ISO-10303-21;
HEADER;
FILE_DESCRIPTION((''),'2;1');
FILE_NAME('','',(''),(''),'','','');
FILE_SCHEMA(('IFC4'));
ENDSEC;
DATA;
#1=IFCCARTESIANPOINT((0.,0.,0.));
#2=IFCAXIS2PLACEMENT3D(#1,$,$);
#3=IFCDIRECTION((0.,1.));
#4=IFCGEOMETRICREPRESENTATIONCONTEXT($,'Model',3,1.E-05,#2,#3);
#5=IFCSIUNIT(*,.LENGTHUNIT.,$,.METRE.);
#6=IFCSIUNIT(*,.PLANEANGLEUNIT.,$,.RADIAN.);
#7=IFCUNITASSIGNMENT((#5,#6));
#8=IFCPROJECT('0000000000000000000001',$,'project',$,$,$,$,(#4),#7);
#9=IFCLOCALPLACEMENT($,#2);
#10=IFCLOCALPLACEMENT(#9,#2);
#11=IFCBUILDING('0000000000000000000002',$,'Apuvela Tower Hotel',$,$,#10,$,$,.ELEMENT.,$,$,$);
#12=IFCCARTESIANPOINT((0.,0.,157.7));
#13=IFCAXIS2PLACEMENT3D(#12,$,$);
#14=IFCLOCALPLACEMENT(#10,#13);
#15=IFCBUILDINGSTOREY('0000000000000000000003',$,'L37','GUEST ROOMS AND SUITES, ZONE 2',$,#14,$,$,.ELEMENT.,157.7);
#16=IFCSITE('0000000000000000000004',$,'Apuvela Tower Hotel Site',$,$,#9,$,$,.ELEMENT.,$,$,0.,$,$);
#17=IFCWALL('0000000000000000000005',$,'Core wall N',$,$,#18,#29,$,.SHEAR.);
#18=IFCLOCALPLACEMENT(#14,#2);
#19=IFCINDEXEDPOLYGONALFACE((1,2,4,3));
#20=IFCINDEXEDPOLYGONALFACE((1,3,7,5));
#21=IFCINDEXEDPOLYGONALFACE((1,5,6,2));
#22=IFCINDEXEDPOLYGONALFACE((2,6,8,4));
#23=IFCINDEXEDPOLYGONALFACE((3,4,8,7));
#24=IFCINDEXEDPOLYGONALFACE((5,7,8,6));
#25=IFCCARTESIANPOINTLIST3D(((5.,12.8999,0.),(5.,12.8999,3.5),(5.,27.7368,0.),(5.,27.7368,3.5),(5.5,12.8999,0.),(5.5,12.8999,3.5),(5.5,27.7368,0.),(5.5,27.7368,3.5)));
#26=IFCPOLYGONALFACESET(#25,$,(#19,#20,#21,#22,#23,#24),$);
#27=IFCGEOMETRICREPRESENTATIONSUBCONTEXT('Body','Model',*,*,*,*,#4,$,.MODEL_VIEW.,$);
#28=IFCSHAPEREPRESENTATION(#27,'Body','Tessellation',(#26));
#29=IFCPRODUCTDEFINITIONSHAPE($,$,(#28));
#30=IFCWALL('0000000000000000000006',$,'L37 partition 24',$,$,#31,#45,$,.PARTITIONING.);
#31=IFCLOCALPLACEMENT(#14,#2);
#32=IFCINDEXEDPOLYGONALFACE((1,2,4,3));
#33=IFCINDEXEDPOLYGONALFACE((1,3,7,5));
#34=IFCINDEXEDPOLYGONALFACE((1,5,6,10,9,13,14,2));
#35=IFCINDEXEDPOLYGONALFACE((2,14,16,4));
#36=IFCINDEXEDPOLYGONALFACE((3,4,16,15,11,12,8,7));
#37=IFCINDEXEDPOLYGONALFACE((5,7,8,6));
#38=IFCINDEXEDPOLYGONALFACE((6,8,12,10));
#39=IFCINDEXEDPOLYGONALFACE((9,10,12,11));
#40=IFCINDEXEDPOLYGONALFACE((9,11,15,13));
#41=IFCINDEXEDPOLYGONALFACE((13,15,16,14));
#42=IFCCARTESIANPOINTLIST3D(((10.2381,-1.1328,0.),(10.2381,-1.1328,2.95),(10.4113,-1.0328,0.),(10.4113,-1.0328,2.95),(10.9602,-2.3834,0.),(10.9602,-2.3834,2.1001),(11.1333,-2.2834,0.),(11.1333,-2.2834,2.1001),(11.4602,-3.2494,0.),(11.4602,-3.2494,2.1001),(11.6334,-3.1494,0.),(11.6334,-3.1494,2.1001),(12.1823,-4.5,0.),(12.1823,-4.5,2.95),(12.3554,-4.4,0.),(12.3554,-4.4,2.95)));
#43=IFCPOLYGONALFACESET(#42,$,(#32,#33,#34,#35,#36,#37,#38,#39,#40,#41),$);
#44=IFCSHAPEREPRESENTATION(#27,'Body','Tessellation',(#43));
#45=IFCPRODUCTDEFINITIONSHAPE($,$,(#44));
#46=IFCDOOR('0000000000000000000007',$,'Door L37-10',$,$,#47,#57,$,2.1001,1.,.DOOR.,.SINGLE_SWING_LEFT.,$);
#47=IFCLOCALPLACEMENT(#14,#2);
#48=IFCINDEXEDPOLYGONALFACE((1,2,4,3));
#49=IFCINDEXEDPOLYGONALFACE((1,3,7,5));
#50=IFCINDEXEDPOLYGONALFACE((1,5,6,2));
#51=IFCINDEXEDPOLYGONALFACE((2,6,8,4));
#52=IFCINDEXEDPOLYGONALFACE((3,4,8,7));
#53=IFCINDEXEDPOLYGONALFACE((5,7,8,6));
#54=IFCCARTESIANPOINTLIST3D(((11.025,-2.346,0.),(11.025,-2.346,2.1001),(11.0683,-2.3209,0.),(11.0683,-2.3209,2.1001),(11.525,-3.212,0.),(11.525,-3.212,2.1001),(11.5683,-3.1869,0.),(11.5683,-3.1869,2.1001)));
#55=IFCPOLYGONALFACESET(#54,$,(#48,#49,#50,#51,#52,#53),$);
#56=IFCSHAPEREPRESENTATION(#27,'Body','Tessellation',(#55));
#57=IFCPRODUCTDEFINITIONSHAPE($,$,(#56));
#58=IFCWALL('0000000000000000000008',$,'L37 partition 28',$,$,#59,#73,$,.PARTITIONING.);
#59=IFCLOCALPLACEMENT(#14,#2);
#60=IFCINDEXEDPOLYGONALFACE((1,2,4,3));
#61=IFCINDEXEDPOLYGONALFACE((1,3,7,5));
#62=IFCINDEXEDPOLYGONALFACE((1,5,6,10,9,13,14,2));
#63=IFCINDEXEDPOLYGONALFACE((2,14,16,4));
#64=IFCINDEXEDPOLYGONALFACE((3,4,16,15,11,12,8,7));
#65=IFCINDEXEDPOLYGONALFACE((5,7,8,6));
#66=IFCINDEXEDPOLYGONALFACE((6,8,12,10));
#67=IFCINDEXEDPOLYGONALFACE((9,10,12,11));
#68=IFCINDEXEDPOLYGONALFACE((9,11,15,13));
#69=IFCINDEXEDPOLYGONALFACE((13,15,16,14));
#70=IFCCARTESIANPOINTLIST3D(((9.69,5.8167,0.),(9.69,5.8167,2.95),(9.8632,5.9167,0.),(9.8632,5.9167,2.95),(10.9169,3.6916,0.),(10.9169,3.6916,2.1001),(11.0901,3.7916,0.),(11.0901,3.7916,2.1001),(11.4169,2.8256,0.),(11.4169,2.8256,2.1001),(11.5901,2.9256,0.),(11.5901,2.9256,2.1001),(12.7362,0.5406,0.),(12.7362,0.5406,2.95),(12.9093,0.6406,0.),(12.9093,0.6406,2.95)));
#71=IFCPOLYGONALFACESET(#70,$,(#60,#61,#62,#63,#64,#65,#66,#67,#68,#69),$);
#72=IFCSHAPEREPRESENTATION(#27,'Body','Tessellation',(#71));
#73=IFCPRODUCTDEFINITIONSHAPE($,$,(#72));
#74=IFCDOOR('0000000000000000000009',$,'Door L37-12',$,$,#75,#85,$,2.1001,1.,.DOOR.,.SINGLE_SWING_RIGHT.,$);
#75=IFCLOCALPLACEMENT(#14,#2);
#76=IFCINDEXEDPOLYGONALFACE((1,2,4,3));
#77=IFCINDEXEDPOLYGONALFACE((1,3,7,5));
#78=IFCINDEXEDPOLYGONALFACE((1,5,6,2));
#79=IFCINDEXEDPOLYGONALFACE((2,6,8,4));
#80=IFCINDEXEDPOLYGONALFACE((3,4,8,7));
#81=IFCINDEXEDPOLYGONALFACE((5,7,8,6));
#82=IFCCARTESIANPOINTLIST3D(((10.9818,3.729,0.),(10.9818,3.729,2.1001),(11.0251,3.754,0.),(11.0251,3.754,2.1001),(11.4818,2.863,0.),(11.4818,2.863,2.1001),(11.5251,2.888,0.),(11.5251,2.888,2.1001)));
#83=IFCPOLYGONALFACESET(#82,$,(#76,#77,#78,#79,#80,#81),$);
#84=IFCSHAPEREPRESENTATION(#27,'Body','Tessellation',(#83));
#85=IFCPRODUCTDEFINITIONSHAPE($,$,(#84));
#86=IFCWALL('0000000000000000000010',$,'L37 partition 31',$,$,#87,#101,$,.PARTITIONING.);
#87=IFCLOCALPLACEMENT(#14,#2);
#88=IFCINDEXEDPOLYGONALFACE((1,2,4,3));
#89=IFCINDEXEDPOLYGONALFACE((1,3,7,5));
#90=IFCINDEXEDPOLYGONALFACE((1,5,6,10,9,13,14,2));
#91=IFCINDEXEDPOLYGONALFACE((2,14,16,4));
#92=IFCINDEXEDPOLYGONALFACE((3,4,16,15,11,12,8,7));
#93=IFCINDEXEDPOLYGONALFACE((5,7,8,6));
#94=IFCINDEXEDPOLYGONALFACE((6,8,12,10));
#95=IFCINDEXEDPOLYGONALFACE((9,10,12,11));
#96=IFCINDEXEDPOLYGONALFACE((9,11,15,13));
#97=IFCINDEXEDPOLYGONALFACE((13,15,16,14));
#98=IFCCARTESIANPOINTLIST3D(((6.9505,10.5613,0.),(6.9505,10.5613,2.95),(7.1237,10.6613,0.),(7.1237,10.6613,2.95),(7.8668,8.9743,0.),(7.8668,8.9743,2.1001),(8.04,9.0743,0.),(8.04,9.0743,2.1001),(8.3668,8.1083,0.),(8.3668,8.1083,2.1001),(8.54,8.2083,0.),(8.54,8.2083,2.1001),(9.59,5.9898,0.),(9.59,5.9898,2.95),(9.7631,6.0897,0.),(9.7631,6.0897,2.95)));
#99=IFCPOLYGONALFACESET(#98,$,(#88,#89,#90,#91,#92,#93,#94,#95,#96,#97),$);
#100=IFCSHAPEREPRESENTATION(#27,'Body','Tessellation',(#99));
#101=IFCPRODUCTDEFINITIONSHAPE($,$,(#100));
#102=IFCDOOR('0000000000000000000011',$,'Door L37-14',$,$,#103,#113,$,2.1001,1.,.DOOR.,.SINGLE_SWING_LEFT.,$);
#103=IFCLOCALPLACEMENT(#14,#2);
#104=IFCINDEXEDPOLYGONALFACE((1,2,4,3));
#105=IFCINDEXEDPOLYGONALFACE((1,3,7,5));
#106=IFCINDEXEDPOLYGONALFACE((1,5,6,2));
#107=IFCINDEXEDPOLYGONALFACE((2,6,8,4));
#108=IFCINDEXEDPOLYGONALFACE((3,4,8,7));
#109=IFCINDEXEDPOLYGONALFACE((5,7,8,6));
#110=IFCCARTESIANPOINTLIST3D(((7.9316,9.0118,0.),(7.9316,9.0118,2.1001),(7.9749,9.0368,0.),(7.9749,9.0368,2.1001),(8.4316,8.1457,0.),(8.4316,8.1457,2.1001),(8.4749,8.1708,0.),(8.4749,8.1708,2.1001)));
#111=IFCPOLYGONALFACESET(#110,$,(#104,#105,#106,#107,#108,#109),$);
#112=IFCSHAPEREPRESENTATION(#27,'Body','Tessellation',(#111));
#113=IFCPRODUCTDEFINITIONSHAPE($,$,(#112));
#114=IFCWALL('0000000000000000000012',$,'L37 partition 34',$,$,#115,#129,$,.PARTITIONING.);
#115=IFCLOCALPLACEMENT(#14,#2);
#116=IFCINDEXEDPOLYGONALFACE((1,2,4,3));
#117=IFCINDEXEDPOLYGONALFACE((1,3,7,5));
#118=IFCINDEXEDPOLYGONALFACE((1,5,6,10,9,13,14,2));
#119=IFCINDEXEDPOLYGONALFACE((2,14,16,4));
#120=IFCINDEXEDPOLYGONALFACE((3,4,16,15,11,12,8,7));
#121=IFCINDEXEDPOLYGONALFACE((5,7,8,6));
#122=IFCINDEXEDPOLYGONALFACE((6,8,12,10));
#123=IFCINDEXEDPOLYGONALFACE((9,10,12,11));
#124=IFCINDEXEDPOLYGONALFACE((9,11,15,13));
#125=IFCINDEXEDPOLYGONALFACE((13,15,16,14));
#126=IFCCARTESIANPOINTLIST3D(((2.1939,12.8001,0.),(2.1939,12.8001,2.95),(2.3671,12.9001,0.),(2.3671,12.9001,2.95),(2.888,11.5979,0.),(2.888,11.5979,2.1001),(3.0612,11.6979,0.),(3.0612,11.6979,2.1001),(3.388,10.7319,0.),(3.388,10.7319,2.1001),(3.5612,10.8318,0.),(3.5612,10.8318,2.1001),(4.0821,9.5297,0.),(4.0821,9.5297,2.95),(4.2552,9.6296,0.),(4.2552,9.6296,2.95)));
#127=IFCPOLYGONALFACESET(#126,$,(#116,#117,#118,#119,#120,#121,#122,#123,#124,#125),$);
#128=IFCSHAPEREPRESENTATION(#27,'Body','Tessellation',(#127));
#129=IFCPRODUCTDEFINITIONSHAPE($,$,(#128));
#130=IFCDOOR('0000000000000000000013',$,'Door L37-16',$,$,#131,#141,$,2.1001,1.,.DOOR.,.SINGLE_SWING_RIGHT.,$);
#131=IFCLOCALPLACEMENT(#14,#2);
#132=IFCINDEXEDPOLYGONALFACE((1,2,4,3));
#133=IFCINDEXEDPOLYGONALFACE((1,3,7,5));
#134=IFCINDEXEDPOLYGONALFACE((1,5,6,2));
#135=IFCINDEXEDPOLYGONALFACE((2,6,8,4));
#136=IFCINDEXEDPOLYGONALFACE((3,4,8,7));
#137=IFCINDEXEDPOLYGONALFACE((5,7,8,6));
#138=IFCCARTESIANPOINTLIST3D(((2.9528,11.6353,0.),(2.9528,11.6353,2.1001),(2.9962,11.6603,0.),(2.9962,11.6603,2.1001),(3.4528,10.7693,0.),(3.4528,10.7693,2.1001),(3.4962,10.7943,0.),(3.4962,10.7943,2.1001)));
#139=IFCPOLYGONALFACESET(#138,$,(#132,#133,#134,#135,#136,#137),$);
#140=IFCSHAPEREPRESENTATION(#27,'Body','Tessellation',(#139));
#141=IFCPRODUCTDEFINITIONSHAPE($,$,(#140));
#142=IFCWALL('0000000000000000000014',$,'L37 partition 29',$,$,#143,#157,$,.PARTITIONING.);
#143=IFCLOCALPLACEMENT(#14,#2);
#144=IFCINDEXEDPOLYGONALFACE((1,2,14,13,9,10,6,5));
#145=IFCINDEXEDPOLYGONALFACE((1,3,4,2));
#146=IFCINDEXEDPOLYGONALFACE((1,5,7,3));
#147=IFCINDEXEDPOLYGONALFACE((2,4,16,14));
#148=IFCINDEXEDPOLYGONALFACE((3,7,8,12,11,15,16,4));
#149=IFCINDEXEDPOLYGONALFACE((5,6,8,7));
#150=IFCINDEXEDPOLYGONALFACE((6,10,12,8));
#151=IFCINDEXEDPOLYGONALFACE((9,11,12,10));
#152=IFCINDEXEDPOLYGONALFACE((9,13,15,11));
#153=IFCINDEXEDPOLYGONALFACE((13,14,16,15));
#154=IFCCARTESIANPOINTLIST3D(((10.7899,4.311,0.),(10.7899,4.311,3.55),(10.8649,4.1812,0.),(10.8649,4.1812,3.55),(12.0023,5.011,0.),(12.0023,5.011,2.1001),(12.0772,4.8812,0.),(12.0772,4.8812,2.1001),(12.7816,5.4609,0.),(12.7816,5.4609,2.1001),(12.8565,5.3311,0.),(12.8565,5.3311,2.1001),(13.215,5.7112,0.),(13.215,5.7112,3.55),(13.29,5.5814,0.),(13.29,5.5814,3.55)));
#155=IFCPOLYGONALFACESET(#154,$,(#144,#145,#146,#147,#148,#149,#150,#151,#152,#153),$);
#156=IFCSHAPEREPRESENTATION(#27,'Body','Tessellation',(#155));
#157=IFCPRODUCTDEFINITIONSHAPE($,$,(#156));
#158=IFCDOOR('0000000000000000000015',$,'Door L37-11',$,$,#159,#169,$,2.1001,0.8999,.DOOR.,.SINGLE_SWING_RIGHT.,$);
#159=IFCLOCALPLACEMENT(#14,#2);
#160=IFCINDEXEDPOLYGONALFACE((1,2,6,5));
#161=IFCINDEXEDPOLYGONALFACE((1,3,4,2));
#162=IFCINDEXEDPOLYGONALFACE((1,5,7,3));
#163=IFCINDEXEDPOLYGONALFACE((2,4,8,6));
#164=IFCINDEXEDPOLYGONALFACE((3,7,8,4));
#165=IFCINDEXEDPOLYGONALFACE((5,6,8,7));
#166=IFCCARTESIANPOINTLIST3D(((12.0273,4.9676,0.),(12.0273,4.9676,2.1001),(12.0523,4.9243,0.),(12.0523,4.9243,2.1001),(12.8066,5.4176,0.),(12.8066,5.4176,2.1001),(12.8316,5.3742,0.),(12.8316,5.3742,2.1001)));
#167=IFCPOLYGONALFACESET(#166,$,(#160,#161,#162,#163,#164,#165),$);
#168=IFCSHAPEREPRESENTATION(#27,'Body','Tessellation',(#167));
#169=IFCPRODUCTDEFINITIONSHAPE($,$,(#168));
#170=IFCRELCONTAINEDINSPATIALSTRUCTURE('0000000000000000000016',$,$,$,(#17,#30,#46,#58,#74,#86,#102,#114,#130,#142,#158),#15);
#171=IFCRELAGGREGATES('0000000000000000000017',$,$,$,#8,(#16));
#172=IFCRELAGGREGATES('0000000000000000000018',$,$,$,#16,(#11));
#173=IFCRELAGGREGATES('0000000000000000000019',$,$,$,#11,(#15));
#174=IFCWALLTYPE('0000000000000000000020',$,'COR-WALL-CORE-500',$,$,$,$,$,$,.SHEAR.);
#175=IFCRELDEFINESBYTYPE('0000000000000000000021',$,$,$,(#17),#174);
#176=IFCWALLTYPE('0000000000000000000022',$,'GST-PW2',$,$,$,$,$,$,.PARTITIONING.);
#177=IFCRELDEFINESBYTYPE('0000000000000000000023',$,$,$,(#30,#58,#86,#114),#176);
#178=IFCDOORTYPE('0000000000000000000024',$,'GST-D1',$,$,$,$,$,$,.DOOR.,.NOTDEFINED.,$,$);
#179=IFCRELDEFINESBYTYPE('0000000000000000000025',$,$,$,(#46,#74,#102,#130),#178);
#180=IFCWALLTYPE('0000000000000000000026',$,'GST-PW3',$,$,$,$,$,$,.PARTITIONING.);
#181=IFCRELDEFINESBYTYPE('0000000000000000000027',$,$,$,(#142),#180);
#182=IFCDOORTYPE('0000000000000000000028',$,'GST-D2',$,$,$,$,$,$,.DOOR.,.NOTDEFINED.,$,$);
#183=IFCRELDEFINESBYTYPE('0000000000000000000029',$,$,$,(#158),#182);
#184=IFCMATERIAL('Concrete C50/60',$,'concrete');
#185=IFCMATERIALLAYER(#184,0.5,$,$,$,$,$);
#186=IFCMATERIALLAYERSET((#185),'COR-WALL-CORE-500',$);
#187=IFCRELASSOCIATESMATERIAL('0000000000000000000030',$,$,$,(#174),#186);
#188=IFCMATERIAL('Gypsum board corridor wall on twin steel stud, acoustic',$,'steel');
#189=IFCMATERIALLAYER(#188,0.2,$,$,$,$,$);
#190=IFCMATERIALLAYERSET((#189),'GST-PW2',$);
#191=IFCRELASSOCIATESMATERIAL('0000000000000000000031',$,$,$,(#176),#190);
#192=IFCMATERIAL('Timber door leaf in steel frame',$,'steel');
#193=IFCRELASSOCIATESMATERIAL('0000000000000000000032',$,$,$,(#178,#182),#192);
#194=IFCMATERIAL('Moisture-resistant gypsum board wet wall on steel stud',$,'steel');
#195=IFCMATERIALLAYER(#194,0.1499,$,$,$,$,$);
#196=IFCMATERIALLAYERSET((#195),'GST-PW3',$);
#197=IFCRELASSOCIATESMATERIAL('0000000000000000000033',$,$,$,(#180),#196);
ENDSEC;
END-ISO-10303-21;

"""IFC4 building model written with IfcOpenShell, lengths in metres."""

from ifc_helpers import new_model, si_unit, direction, frame, frame_2d, origin, place, context, subcontext, project, spatial, rectangle, extrude, material, layer, layer_set, type_object, element, fill, save


model = new_model("IFC4")

# Units and contexts
model_context = context("Model", 3, precision=1e-05, world=origin(), true_north=direction((0.0, 1.0)))
body_context = subcontext(model_context, "Body", "Model", "MODEL_VIEW")
ifc_project = project(units=[si_unit("LENGTHUNIT", "METRE"), si_unit("PLANEANGLEUNIT", "RADIAN")], contexts=[model_context])

# Site, building, storey
site_placement = place(None, origin())
site = spatial("IfcSite", under=ifc_project, at=site_placement, Name="Apuvela Tower Hotel Site", CompositionType="ELEMENT", RefElevation=0.0)
building_placement = place(site_placement, origin())
building = spatial("IfcBuilding", under=site, at=building_placement, Name="Apuvela Tower Hotel", CompositionType="ELEMENT")
storey_placement = place(building_placement, frame((0.0, 0.0, 157.7)))
storey = spatial("IfcBuildingStorey", under=building, at=storey_placement, Name="L37", Description="GUEST ROOMS AND SUITES, ZONE 2", CompositionType="ELEMENT", Elevation=157.7)

# Shared definitions
ifc_material_1 = material(Name="Concrete C50/60", Category="concrete")

# Wall
ifc_layer_1 = layer(ifc_material_1, 0.5)
ifc_layer_set_1 = layer_set([ifc_layer_1], Name="COR-WALL-CORE-500")
wall_type_1 = type_object("IfcWallType", Name="COR-WALL-CORE-500", PredefinedType="SHEAR", material=ifc_layer_set_1)
wall_1_placement = place(storey_placement, frame((5.25, 12.8999, 0.0), z_axis=(0.0, 0.0, 1.0), x_axis=(0.0, 1.0, 0.0)))
element("IfcWall", 1, at=wall_1_placement, inside=storey, type_object=wall_type_1, Name="Core wall N", PredefinedType="SHEAR", context=body_context, shape_type="SweptSolid", body=[
    extrude(rectangle(XDim=14.8369, YDim=0.5, at=frame_2d((7.4185, 0.0))), origin(), (0.0, 0.0, 1.0), 3.5),
])

# Walls, openings, doors
ifc_material_2 = material(Name="Gypsum board corridor wall on twin steel stud, acoustic", Category="steel")
ifc_layer_2 = layer(ifc_material_2, 0.2)
ifc_layer_set_2 = layer_set([ifc_layer_2], Name="GST-PW2")
wall_type_2 = type_object("IfcWallType", Name="GST-PW2", PredefinedType="PARTITIONING", material=ifc_layer_set_2)
wall_2_placement = place(storey_placement, frame((10.3247, -1.0828, 0.0), z_axis=(0.0, 0.0, 1.0), x_axis=(0.500009, -0.86602, 0.0)))
wall_2 = element("IfcWall", 2, at=wall_2_placement, inside=storey, type_object=wall_type_2, Name="L37 partition 24", PredefinedType="PARTITIONING", context=body_context, shape_type="SweptSolid", body=[
    extrude(rectangle(XDim=3.8882, YDim=0.2, at=frame_2d((1.9441, 0.0))), origin(), (0.0, 0.0, 1.0), 2.95),
])
opening_1_placement = place(wall_2_placement, frame((1.4441, 0.0, 0.0)))
opening_1 = element("IfcOpeningElement", 3, at=opening_1_placement, cuts=wall_2, PredefinedType="OPENING", context=body_context, shape_type="SweptSolid", body=[
    extrude(rectangle(XDim=1.0, YDim=2.1001, at=frame_2d((0.5, 1.05))), frame((0.0, 0.1099, 0.0), z_axis=(0.0, -1.0, 0.0), x_axis=(1.0, 0.0, 0.0)), (0.0, 0.0, 1.0), 0.22),
])
ifc_material_3 = material(Name="Timber door leaf in steel frame", Category="steel")
door_type_1 = type_object("IfcDoorType", Name="GST-D1", OperationType="NOTDEFINED", PredefinedType="DOOR", material=ifc_material_3)
door_1_placement = place(opening_1_placement, origin())
door_1 = element("IfcDoor", 4, at=door_1_placement, inside=storey, type_object=door_type_1, Name="Door L37-10", OperationType="SINGLE_SWING_LEFT", OverallHeight=2.1001, OverallWidth=1.0, PredefinedType="DOOR", context=body_context, shape_type="SweptSolid", body=[
    extrude(rectangle(XDim=1.0, YDim=2.1001, at=frame_2d((0.5, 1.05))), frame((0.0, 0.0249, 0.0), z_axis=(0.0, -1.0, 0.0), x_axis=(1.0, 0.0, 0.0)), (0.0, 0.0, 1.0), 0.05),
])
fill(opening_1, door_1)
wall_3_placement = place(storey_placement, frame((9.7766, 5.8667, 0.0), z_axis=(0.0, 0.0, 1.0), x_axis=(0.499996, -0.866027, 0.0)))
wall_3 = element("IfcWall", 5, at=wall_3_placement, inside=storey, type_object=wall_type_2, Name="L37 partition 28", PredefinedType="PARTITIONING", context=body_context, shape_type="SweptSolid", body=[
    extrude(rectangle(XDim=6.0923, YDim=0.2, at=frame_2d((3.0461, 0.0))), origin(), (0.0, 0.0, 1.0), 2.95),
])
opening_2_placement = place(wall_3_placement, frame((2.4539, 0.0, 0.0)))
opening_2 = element("IfcOpeningElement", 6, at=opening_2_placement, cuts=wall_3, PredefinedType="OPENING", context=body_context, shape_type="SweptSolid", body=[
    extrude(rectangle(XDim=1.0, YDim=2.1001, at=frame_2d((0.5, 1.05))), frame((0.0, 0.1099, 0.0), z_axis=(0.0, -1.0, 0.0), x_axis=(1.0, 0.0, 0.0)), (0.0, 0.0, 1.0), 0.22),
])
door_2_placement = place(opening_2_placement, origin())
door_2 = element("IfcDoor", 7, at=door_2_placement, inside=storey, type_object=door_type_1, Name="Door L37-12", OperationType="SINGLE_SWING_RIGHT", OverallHeight=2.1001, OverallWidth=1.0, PredefinedType="DOOR", context=body_context, shape_type="SweptSolid", body=[
    extrude(rectangle(XDim=1.0, YDim=2.1001, at=frame_2d((0.5, 1.05))), frame((0.0, 0.0249, 0.0), z_axis=(0.0, -1.0, 0.0), x_axis=(1.0, 0.0, 0.0)), (0.0, 0.0, 1.0), 0.05),
])
fill(opening_2, door_2)
wall_4_placement = place(storey_placement, frame((7.0371, 10.6113, 0.0), z_axis=(0.0, 0.0, 1.0), x_axis=(0.500004, -0.866023, 0.0)))
wall_4 = element("IfcWall", 8, at=wall_4_placement, inside=storey, type_object=wall_type_2, Name="L37 partition 31", PredefinedType="PARTITIONING", context=body_context, shape_type="SweptSolid", body=[
    extrude(rectangle(XDim=5.2788, YDim=0.2, at=frame_2d((2.6394, 0.0))), origin(), (0.0, 0.0, 1.0), 2.95),
])
opening_3_placement = place(wall_4_placement, frame((1.8325, 0.0, 0.0)))
opening_3 = element("IfcOpeningElement", 9, at=opening_3_placement, cuts=wall_4, PredefinedType="OPENING", context=body_context, shape_type="SweptSolid", body=[
    extrude(rectangle(XDim=1.0, YDim=2.1001, at=frame_2d((0.5, 1.05))), frame((0.0, 0.1099, 0.0), z_axis=(0.0, -1.0, 0.0), x_axis=(1.0, 0.0, 0.0)), (0.0, 0.0, 1.0), 0.22),
])
door_3_placement = place(opening_3_placement, origin())
door_3 = element("IfcDoor", 10, at=door_3_placement, inside=storey, type_object=door_type_1, Name="Door L37-14", OperationType="SINGLE_SWING_LEFT", OverallHeight=2.1001, OverallWidth=1.0, PredefinedType="DOOR", context=body_context, shape_type="SweptSolid", body=[
    extrude(rectangle(XDim=1.0, YDim=2.1001, at=frame_2d((0.5, 1.05))), frame((0.0, 0.0249, 0.0), z_axis=(0.0, -1.0, 0.0), x_axis=(1.0, 0.0, 0.0)), (0.0, 0.0, 1.0), 0.05),
])
fill(opening_3, door_3)
wall_5_placement = place(storey_placement, frame((2.2805, 12.8501, 0.0), z_axis=(0.0, 0.0, 1.0), x_axis=(0.499991, -0.866031, 0.0)))
wall_5 = element("IfcWall", 11, at=wall_5_placement, inside=storey, type_object=wall_type_2, Name="L37 partition 34", PredefinedType="PARTITIONING", context=body_context, shape_type="SweptSolid", body=[
    extrude(rectangle(XDim=3.7764, YDim=0.2, at=frame_2d((1.8882, 0.0))), origin(), (0.0, 0.0, 1.0), 2.95),
])
opening_4_placement = place(wall_5_placement, frame((1.3882, 0.0, 0.0)))
opening_4 = element("IfcOpeningElement", 12, at=opening_4_placement, cuts=wall_5, PredefinedType="OPENING", context=body_context, shape_type="SweptSolid", body=[
    extrude(rectangle(XDim=1.0, YDim=2.1001, at=frame_2d((0.5, 1.05))), frame((0.0, 0.1099, 0.0), z_axis=(0.0, -1.0, 0.0), x_axis=(1.0, 0.0, 0.0)), (0.0, 0.0, 1.0), 0.22),
])
door_4_placement = place(opening_4_placement, origin())
door_4 = element("IfcDoor", 13, at=door_4_placement, inside=storey, type_object=door_type_1, Name="Door L37-16", OperationType="SINGLE_SWING_RIGHT", OverallHeight=2.1001, OverallWidth=1.0, PredefinedType="DOOR", context=body_context, shape_type="SweptSolid", body=[
    extrude(rectangle(XDim=1.0, YDim=2.1001, at=frame_2d((0.5, 1.05))), frame((0.0, 0.0249, 0.0), z_axis=(0.0, -1.0, 0.0), x_axis=(1.0, 0.0, 0.0)), (0.0, 0.0, 1.0), 0.05),
])
fill(opening_4, door_4)
ifc_material_4 = material(Name="Moisture-resistant gypsum board wet wall on steel stud", Category="steel")
ifc_layer_3 = layer(ifc_material_4, 0.1499)
ifc_layer_set_3 = layer_set([ifc_layer_3], Name="GST-PW3")
wall_type_3 = type_object("IfcWallType", Name="GST-PW3", PredefinedType="PARTITIONING", material=ifc_layer_set_3)
wall_6_placement = place(storey_placement, frame((10.8274, 4.2461, 0.0), z_axis=(0.0, 0.0, 1.0), x_axis=(0.866019, 0.500012, 0.0)))
wall_6 = element("IfcWall", 14, at=wall_6_placement, inside=storey, type_object=wall_type_3, Name="L37 partition 29", PredefinedType="PARTITIONING", context=body_context, shape_type="SweptSolid", body=[
    extrude(rectangle(XDim=2.8003, YDim=0.1499, at=frame_2d((1.4001, 0.0))), origin(), (0.0, 0.0, 1.0), 3.55),
])
opening_5_placement = place(wall_6_placement, frame((1.3999, 0.0, 0.0)))
opening_5 = element("IfcOpeningElement", 15, at=opening_5_placement, cuts=wall_6, PredefinedType="OPENING", context=body_context, shape_type="SweptSolid", body=[
    extrude(rectangle(XDim=0.8999, YDim=2.1001, at=frame_2d((0.45, 1.05))), frame((0.0, 0.085, 0.0), z_axis=(0.0, -1.0, 0.0), x_axis=(1.0, 0.0, 0.0)), (0.0, 0.0, 1.0), 0.1699),
])
door_type_2 = type_object("IfcDoorType", Name="GST-D2", OperationType="NOTDEFINED", PredefinedType="DOOR", material=ifc_material_3)
door_5_placement = place(opening_5_placement, origin())
door_5 = element("IfcDoor", 16, at=door_5_placement, inside=storey, type_object=door_type_2, Name="Door L37-11", OperationType="SINGLE_SWING_RIGHT", OverallHeight=2.1001, OverallWidth=0.8999, PredefinedType="DOOR", context=body_context, shape_type="SweptSolid", body=[
    extrude(rectangle(XDim=0.8999, YDim=2.1001, at=frame_2d((0.45, 1.05))), frame((0.0, 0.0249, 0.0), z_axis=(0.0, -1.0, 0.0), x_axis=(1.0, 0.0, 0.0)), (0.0, 0.0, 1.0), 0.05),
])
fill(opening_5, door_5)

save(model, "model.ifc")
